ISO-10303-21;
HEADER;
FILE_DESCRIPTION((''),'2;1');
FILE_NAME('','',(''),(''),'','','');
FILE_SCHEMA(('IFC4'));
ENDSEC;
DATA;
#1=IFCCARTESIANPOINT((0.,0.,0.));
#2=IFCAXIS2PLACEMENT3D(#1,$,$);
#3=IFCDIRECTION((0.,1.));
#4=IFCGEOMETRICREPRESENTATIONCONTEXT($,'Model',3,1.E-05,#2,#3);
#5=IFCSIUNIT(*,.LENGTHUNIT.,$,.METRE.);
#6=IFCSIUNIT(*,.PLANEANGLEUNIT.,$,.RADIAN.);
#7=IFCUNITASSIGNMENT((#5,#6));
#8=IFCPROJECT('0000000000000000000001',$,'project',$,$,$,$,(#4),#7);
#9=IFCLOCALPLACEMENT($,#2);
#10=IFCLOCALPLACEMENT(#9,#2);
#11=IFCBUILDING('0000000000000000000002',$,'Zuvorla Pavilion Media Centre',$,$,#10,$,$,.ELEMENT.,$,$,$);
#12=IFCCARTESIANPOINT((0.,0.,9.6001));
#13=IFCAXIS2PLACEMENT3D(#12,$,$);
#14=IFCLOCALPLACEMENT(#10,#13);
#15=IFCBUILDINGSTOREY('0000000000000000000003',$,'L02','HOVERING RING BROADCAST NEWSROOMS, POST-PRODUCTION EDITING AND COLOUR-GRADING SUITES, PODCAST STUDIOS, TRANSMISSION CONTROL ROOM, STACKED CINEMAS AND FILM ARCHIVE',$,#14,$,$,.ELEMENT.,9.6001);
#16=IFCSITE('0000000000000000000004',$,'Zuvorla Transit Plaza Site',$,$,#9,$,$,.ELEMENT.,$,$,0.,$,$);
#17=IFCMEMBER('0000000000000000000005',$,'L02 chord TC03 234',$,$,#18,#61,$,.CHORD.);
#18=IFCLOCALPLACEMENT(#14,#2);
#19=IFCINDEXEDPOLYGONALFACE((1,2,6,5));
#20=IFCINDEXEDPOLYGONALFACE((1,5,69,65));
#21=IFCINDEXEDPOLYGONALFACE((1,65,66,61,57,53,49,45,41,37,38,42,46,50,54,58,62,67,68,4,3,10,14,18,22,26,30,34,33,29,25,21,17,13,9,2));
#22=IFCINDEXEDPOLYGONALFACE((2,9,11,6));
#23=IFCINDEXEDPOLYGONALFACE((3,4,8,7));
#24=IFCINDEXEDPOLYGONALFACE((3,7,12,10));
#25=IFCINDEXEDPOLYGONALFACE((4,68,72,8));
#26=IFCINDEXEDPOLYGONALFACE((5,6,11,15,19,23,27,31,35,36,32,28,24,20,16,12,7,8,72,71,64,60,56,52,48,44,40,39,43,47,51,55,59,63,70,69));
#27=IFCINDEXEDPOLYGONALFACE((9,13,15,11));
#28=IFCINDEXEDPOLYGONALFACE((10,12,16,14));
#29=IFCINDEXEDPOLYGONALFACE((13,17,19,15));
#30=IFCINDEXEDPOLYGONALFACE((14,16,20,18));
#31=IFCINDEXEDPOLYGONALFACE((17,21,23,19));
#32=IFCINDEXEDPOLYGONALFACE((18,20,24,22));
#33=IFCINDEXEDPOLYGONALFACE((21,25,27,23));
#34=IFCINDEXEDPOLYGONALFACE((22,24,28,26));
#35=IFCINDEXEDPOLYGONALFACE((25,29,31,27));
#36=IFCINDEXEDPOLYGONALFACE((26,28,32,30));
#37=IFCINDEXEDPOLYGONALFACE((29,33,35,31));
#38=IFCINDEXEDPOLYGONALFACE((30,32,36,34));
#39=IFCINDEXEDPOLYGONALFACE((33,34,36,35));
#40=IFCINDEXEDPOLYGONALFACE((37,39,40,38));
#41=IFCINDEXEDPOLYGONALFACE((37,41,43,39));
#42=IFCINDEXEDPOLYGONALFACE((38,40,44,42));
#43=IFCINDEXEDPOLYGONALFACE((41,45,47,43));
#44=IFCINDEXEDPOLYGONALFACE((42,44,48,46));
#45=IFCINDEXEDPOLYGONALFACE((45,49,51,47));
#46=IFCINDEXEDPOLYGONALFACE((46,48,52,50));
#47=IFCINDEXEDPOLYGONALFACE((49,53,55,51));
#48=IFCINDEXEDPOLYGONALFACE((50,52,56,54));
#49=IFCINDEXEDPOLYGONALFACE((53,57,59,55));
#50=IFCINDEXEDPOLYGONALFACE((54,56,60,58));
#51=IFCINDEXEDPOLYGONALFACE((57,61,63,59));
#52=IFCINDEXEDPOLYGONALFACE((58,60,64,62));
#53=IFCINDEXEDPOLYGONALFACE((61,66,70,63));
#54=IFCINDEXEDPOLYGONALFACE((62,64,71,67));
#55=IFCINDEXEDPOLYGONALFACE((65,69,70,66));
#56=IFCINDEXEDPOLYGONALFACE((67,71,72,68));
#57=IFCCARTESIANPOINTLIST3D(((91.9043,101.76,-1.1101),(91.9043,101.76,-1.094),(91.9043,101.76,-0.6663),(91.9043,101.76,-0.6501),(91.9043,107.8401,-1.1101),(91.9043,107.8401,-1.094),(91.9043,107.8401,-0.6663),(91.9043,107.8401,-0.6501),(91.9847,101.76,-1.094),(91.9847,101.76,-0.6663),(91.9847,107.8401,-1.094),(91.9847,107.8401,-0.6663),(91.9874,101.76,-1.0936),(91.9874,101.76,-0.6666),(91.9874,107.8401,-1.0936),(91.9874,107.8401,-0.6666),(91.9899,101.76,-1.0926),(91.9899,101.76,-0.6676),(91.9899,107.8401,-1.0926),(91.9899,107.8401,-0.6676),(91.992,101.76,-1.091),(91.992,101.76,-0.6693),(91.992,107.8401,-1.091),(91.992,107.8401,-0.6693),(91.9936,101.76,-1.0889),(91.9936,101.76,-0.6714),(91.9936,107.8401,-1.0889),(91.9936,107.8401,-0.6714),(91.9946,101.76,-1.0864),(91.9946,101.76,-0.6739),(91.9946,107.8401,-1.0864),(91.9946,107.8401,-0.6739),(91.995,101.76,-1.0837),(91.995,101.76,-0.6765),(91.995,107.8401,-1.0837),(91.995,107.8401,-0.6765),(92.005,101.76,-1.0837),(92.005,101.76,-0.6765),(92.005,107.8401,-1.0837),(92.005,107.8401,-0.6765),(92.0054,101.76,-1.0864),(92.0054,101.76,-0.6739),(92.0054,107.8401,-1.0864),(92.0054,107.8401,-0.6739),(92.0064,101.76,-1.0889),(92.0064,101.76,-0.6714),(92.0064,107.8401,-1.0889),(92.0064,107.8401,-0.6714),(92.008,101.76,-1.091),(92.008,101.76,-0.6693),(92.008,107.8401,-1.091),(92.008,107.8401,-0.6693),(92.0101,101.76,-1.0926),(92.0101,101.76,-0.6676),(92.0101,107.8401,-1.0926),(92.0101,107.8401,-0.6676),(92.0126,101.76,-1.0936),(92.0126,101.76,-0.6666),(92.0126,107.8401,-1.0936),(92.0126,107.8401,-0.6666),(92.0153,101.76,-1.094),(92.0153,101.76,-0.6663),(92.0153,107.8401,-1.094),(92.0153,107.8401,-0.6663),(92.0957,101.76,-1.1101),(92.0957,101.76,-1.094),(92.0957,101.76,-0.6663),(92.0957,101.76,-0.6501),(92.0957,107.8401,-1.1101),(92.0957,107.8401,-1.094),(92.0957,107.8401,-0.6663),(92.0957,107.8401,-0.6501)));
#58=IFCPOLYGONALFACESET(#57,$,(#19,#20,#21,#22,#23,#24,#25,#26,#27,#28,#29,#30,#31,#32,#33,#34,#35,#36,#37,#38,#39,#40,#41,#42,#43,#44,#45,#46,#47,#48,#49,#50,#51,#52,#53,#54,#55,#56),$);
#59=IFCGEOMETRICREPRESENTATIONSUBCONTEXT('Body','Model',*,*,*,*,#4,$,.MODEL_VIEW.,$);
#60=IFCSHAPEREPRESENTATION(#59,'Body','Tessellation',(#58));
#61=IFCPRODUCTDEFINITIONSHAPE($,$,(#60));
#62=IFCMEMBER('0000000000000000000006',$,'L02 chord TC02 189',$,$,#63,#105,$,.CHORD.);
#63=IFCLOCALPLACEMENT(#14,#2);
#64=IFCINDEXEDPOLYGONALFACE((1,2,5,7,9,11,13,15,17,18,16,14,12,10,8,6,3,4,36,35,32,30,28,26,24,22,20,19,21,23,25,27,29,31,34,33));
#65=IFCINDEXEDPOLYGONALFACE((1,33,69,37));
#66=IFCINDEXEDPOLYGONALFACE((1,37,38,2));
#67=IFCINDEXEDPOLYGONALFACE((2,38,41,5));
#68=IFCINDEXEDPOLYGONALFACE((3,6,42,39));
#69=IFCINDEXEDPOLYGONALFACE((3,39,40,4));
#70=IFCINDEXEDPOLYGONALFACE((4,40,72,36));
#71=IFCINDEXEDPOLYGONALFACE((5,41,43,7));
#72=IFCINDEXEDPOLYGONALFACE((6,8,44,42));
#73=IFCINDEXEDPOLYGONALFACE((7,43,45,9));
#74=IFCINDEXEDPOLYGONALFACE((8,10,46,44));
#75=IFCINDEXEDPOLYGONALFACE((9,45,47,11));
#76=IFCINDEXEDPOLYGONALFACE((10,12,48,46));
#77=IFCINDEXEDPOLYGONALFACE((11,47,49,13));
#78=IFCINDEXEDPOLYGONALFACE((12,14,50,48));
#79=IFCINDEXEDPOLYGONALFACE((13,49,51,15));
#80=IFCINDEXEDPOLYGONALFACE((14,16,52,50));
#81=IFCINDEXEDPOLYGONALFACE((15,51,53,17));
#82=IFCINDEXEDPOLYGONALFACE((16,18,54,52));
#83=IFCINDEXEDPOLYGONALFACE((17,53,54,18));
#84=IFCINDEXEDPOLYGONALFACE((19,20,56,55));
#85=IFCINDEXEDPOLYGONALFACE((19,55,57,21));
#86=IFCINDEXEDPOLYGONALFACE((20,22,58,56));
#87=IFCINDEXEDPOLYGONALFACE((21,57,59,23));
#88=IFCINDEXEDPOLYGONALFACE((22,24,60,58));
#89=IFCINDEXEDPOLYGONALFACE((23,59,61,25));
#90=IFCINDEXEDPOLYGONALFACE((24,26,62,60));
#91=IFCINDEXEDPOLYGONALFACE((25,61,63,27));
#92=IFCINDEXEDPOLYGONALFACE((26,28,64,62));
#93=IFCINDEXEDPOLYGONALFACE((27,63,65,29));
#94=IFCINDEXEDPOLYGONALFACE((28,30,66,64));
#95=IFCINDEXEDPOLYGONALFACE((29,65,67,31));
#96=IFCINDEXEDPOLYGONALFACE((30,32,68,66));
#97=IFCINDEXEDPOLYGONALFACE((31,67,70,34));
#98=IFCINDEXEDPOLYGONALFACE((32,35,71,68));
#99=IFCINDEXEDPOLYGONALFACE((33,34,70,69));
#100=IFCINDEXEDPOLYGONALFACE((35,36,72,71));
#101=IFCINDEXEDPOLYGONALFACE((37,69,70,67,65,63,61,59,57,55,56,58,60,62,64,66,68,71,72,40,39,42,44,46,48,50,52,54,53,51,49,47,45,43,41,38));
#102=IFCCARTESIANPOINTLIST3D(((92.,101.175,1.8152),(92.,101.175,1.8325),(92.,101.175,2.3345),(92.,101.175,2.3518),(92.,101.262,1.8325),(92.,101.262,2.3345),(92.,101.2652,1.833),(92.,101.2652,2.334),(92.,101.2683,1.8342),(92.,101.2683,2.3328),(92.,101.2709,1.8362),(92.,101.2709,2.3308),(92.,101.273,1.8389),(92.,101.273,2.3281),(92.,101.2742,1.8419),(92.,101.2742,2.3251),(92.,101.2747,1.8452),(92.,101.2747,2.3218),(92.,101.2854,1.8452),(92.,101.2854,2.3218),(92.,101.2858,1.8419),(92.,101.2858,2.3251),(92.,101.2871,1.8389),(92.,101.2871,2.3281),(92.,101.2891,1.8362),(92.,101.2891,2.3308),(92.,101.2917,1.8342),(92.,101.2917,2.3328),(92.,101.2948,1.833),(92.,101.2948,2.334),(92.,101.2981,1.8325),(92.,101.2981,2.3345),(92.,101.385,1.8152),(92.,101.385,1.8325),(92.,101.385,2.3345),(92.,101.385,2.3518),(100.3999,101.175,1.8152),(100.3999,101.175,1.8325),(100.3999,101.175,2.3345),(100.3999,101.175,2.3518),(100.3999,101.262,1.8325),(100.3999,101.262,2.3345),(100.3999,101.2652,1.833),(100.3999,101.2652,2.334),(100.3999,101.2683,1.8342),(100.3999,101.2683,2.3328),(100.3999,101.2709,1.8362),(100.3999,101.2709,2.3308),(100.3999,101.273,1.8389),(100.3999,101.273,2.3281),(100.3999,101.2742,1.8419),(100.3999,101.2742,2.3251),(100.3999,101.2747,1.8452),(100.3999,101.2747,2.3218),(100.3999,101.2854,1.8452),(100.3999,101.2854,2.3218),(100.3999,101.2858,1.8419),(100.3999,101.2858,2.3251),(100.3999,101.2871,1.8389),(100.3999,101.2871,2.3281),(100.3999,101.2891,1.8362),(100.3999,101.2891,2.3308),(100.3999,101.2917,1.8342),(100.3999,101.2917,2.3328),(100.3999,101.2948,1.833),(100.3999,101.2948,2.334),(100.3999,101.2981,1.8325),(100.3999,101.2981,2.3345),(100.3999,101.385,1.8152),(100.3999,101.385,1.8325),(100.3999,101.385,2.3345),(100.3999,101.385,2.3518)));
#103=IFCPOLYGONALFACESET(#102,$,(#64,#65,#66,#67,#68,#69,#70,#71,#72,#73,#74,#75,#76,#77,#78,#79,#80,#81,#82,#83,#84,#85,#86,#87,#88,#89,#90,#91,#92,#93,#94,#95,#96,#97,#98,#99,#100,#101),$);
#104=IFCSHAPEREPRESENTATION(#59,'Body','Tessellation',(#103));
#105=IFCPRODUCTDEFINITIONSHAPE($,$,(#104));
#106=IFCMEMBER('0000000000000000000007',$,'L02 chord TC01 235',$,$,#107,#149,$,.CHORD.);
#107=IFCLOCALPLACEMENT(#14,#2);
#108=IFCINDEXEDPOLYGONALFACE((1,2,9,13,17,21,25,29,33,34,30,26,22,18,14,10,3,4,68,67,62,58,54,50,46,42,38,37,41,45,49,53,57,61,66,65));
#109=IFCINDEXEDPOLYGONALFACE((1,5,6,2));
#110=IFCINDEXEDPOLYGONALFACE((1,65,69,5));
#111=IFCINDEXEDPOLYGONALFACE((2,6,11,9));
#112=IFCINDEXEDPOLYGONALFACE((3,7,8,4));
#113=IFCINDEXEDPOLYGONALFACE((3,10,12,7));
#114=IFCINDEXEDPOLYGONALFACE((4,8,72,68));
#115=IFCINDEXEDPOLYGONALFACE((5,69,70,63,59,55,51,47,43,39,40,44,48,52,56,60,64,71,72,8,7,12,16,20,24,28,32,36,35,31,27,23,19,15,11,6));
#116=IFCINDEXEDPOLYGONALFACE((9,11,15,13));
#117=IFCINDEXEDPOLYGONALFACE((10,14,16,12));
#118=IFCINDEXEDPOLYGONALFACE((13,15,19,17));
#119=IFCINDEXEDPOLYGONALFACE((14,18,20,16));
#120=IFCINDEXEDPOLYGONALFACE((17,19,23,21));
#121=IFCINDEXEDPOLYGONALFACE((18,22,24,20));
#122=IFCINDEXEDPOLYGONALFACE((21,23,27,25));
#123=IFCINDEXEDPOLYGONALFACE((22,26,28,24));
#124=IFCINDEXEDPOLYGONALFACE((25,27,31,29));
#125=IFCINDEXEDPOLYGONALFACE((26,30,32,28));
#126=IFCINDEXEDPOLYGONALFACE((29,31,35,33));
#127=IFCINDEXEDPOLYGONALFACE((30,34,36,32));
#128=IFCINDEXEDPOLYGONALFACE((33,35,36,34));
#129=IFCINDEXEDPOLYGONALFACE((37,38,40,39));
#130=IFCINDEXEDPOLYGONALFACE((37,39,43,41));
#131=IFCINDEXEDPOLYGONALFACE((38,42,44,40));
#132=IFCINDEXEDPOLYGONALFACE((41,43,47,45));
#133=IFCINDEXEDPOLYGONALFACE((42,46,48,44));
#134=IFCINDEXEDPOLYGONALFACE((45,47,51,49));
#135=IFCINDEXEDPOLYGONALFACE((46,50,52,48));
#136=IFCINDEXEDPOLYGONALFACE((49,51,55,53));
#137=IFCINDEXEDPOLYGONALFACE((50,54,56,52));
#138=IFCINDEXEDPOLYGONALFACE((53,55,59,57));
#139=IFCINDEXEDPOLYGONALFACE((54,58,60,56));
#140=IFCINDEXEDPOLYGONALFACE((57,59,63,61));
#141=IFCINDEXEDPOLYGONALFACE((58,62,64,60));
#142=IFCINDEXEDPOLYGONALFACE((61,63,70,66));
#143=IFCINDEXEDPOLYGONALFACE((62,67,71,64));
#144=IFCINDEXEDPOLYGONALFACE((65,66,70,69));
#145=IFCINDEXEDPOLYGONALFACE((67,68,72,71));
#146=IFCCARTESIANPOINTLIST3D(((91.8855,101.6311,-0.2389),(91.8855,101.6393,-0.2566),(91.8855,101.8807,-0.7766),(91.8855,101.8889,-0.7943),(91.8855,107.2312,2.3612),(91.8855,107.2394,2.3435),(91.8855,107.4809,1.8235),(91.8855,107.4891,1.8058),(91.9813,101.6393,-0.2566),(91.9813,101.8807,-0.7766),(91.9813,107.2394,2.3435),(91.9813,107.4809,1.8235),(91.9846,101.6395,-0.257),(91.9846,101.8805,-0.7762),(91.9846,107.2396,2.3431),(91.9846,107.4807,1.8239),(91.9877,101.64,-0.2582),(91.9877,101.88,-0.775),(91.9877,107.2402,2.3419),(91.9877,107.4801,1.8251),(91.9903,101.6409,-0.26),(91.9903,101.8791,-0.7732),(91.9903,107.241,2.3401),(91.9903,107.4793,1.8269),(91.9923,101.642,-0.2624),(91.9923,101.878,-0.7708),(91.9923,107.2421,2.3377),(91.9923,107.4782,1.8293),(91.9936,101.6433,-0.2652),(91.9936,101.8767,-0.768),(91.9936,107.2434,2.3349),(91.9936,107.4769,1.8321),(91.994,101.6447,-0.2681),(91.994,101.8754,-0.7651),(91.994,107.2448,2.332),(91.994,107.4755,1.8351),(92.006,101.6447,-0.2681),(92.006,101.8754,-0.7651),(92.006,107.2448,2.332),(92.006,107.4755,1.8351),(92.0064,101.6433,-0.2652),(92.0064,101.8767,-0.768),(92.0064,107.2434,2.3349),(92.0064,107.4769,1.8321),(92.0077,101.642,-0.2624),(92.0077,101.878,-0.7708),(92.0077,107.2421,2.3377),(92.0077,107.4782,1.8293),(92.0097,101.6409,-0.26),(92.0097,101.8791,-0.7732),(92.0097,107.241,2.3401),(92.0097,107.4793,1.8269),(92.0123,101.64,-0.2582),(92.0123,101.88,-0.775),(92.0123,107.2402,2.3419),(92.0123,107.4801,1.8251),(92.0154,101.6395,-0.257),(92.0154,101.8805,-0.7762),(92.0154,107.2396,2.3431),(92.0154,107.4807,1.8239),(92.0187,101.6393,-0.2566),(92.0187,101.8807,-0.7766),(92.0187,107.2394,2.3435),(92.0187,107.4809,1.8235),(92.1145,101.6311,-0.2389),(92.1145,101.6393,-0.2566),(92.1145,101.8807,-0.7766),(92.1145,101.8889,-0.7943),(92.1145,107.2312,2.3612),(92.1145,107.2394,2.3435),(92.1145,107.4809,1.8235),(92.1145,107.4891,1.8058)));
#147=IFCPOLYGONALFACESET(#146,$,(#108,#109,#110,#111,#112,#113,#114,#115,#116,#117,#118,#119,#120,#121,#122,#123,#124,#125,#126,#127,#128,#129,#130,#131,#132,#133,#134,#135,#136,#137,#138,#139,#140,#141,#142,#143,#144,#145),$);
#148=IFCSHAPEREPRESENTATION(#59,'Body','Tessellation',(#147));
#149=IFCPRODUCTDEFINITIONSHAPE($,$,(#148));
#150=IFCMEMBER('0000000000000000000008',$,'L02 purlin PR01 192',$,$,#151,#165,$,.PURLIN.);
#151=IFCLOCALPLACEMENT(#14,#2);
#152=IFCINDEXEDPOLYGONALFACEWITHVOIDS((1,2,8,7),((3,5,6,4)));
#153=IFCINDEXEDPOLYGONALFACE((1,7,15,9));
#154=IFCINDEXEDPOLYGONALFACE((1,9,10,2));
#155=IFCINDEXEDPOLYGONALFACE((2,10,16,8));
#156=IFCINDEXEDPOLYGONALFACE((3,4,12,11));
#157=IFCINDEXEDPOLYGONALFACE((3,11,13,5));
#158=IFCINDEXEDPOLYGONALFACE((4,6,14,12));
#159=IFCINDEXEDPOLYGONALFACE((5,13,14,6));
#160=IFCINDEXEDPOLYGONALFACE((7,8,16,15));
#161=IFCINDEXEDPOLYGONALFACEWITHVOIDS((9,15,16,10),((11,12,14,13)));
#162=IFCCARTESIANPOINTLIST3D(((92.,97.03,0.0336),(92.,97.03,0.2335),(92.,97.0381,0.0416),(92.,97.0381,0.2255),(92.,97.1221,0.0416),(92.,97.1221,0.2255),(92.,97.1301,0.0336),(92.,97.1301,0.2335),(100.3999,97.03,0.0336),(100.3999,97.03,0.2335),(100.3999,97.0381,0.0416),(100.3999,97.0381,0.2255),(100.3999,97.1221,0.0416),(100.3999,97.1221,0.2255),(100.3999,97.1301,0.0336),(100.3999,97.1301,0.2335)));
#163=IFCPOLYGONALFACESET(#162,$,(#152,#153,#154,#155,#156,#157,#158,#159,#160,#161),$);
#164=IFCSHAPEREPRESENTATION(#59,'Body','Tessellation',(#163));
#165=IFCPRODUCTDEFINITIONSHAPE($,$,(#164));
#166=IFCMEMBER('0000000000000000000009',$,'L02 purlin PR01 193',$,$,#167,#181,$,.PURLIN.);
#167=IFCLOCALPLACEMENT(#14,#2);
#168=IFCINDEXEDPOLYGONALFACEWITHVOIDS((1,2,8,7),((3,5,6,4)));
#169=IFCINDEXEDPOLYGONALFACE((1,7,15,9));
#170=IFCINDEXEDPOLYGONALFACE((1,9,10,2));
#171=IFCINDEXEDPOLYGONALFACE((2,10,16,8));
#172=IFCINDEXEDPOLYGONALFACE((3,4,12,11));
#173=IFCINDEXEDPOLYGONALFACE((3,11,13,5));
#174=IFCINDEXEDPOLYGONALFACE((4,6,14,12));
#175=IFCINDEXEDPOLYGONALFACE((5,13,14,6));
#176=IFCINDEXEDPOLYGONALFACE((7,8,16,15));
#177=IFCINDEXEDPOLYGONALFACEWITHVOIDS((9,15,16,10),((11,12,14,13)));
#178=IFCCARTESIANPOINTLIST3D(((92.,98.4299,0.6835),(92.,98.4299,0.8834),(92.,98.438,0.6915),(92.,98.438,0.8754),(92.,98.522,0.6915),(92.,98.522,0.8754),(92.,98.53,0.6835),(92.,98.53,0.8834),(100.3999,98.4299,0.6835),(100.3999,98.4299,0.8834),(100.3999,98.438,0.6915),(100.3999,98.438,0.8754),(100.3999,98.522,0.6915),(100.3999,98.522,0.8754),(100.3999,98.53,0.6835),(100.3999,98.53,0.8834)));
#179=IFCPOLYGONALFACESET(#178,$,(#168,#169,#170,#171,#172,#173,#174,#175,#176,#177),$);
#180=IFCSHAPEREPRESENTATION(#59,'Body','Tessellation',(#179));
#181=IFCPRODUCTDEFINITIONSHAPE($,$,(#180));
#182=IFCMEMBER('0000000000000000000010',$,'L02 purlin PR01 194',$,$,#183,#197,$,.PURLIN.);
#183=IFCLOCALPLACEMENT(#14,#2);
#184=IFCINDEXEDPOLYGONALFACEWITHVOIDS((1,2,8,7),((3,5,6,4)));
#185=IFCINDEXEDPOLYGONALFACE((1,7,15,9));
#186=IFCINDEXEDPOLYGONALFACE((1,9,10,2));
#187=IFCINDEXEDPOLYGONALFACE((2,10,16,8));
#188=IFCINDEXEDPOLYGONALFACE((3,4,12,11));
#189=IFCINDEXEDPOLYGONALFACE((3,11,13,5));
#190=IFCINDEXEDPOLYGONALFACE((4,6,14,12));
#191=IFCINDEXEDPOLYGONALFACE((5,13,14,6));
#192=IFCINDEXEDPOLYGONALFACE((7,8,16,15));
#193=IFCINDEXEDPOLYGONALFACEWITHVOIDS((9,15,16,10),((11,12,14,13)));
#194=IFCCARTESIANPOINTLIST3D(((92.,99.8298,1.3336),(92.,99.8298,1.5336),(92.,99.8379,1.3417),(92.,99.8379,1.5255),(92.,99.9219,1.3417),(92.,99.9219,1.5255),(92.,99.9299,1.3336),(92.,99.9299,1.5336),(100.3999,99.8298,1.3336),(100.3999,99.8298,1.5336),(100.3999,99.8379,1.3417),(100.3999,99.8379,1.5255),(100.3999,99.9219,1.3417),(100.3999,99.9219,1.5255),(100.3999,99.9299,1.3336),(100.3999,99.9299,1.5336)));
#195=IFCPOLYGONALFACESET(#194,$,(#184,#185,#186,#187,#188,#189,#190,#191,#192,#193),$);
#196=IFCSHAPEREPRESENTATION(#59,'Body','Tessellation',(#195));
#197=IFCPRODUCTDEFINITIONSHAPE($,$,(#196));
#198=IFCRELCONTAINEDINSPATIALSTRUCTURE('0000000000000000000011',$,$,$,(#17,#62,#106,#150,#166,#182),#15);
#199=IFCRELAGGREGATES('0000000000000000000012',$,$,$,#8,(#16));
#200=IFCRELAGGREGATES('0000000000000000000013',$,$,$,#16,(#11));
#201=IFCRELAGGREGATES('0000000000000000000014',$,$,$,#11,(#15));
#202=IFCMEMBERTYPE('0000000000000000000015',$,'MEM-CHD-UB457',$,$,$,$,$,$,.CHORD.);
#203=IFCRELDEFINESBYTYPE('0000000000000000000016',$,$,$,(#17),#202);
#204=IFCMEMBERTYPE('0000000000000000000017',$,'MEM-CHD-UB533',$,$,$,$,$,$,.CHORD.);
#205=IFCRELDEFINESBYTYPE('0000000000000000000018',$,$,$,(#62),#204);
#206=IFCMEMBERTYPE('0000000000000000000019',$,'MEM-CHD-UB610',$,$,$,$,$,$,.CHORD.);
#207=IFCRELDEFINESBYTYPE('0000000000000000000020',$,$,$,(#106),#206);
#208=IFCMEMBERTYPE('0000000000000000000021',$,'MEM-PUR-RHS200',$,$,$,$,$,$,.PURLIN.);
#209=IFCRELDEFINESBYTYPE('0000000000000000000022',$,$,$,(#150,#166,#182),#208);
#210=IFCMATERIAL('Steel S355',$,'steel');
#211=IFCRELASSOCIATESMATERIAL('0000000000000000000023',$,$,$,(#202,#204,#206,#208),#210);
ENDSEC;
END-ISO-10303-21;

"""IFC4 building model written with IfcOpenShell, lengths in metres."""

from ifc_helpers import new_model, si_unit, direction, frame, origin, origin_2d, place, context, subcontext, project, spatial, hollow_rectangle, i_section, extrude, material, material_profile, profile_set, type_object, element, save


model = new_model("IFC4")

# Units and contexts
model_context = context("Model", 3, precision=1e-05, world=origin(), true_north=direction((0.0, 1.0)))
body_context = subcontext(model_context, "Body", "Model", "MODEL_VIEW")
ifc_project = project(units=[si_unit("LENGTHUNIT", "METRE"), si_unit("PLANEANGLEUNIT", "RADIAN")], contexts=[model_context])

# Site, building, storey
site_placement = place(None, origin())
site = spatial("IfcSite", under=ifc_project, at=site_placement, Name="Zuvorla Transit Plaza Site", CompositionType="ELEMENT", RefElevation=0.0)
building_placement = place(site_placement, origin())
building = spatial("IfcBuilding", under=site, at=building_placement, Name="Zuvorla Pavilion Media Centre", CompositionType="ELEMENT")
storey_placement = place(building_placement, frame((0.0, 0.0, 9.6001)))
storey = spatial("IfcBuildingStorey", under=building, at=storey_placement, Name="L02", Description="HOVERING RING BROADCAST NEWSROOMS, POST-PRODUCTION EDITING AND COLOUR-GRADING SUITES, PODCAST STUDIOS, TRANSMISSION CONTROL ROOM, STACKED CINEMAS AND FILM ARCHIVE", CompositionType="ELEMENT", Elevation=9.6001)

# Shared definitions
ifc_material_1 = material(Name="Steel S355", Category="steel")

# Members
ifc_material_profile_1 = material_profile(ifc_material_1, i_section(OverallWidth=0.1914, OverallDepth=0.46, WebThickness=0.01, FlangeThickness=0.0161, FilletRadius=0.0103, at=origin_2d()), Name="UB 457x191x82")
ifc_profile_set_1 = profile_set([ifc_material_profile_1], Name="Steel S355")
member_type_1 = type_object("IfcMemberType", Name="MEM-CHD-UB457", PredefinedType="CHORD", material=ifc_profile_set_1)
member_1_placement = place(storey_placement, frame((92.0, 101.76, -0.8801), z_axis=(0.0, 1.0, 0.0), x_axis=(-1.0, 0.0, 0.0)))
element("IfcMember", 1, at=member_1_placement, inside=storey, type_object=member_type_1, Name="L02 chord TC03 234", PredefinedType="CHORD", context=body_context, shape_type="SweptSolid", body=[
    extrude(i_section(OverallWidth=0.1914, OverallDepth=0.46, WebThickness=0.01, FlangeThickness=0.0161, FilletRadius=0.0103, at=origin_2d()), origin(), (0.0, 0.0, 1.0), 6.0801),
])
ifc_material_profile_2 = material_profile(ifc_material_1, i_section(OverallWidth=0.21, OverallDepth=0.5366, WebThickness=0.0107, FlangeThickness=0.0173, FilletRadius=0.0127, at=origin_2d()), Name="UB 533x210x101")
ifc_profile_set_2 = profile_set([ifc_material_profile_2], Name="Steel S355")
member_type_2 = type_object("IfcMemberType", Name="MEM-CHD-UB533", PredefinedType="CHORD", material=ifc_profile_set_2)
member_2_placement = place(storey_placement, frame((92.0, 101.28, 2.0835), z_axis=(1.0, 0.0, 0.0), x_axis=(0.0, 1.0, 0.0)))
element("IfcMember", 2, at=member_2_placement, inside=storey, type_object=member_type_2, Name="L02 chord TC02 189", PredefinedType="CHORD", context=body_context, shape_type="SweptSolid", body=[
    extrude(i_section(OverallWidth=0.21, OverallDepth=0.5366, WebThickness=0.0107, FlangeThickness=0.0173, FilletRadius=0.0127, at=origin_2d()), origin(), (0.0, 0.0, 1.0), 8.3999),
])
ifc_material_profile_3 = material_profile(ifc_material_1, i_section(OverallWidth=0.229, OverallDepth=0.6123, WebThickness=0.012, FlangeThickness=0.0195, FilletRadius=0.0127, at=origin_2d()), Name="UB 610x229x125")
ifc_profile_set_3 = profile_set([ifc_material_profile_3], Name="Steel S355")
member_type_3 = type_object("IfcMemberType", Name="MEM-CHD-UB610", PredefinedType="CHORD", material=ifc_profile_set_3)
member_3_placement = place(storey_placement, frame((92.0, 101.76, -0.5166), z_axis=(0.0, 0.907006, 0.421118), x_axis=(-1.0, 0.0, 0.0)))
element("IfcMember", 3, at=member_3_placement, inside=storey, type_object=member_type_3, Name="L02 chord TC01 235", PredefinedType="CHORD", context=body_context, shape_type="SweptSolid", body=[
    extrude(i_section(OverallWidth=0.229, OverallDepth=0.6123, WebThickness=0.012, FlangeThickness=0.0195, FilletRadius=0.0127, at=origin_2d()), origin(), (0.0, 0.0, 1.0), 6.1743),
])
ifc_material_profile_4 = material_profile(ifc_material_1, hollow_rectangle(XDim=0.1001, YDim=0.2, WallThickness=0.0081, at=origin_2d()), Name="RHS 200x100x8")
ifc_profile_set_4 = profile_set([ifc_material_profile_4], Name="Steel S355")
member_type_4 = type_object("IfcMemberType", Name="MEM-PUR-RHS200", PredefinedType="PURLIN", material=ifc_profile_set_4)
for number, where, z_axis, x_axis, name in (
    (4, (92.0, 97.0801, 0.1335), (1.0, 0.0, 0.0), (0.0, 1.0, 0.0), "L02 purlin PR01 192"),
    (5, (92.0, 98.48, 0.7834), (1.0, 0.0, 0.0), (0.0, 1.0, 0.0), "L02 purlin PR01 193"),
    (6, (92.0, 99.8799, 1.4336), (1.0, 0.0, 0.0), (0.0, 1.0, 0.0), "L02 purlin PR01 194"),
):
    element("IfcMember", number, at=place(storey_placement, frame(where, z_axis=z_axis, x_axis=x_axis)), inside=storey, type_object=member_type_4, Name=name, PredefinedType="PURLIN", context=body_context, shape_type="SweptSolid", body=[
        extrude(hollow_rectangle(XDim=0.1001, YDim=0.2, WallThickness=0.0081, at=origin_2d()), origin(), (0.0, 0.0, 1.0), 8.3999),
    ])

save(model, "model.ifc")
